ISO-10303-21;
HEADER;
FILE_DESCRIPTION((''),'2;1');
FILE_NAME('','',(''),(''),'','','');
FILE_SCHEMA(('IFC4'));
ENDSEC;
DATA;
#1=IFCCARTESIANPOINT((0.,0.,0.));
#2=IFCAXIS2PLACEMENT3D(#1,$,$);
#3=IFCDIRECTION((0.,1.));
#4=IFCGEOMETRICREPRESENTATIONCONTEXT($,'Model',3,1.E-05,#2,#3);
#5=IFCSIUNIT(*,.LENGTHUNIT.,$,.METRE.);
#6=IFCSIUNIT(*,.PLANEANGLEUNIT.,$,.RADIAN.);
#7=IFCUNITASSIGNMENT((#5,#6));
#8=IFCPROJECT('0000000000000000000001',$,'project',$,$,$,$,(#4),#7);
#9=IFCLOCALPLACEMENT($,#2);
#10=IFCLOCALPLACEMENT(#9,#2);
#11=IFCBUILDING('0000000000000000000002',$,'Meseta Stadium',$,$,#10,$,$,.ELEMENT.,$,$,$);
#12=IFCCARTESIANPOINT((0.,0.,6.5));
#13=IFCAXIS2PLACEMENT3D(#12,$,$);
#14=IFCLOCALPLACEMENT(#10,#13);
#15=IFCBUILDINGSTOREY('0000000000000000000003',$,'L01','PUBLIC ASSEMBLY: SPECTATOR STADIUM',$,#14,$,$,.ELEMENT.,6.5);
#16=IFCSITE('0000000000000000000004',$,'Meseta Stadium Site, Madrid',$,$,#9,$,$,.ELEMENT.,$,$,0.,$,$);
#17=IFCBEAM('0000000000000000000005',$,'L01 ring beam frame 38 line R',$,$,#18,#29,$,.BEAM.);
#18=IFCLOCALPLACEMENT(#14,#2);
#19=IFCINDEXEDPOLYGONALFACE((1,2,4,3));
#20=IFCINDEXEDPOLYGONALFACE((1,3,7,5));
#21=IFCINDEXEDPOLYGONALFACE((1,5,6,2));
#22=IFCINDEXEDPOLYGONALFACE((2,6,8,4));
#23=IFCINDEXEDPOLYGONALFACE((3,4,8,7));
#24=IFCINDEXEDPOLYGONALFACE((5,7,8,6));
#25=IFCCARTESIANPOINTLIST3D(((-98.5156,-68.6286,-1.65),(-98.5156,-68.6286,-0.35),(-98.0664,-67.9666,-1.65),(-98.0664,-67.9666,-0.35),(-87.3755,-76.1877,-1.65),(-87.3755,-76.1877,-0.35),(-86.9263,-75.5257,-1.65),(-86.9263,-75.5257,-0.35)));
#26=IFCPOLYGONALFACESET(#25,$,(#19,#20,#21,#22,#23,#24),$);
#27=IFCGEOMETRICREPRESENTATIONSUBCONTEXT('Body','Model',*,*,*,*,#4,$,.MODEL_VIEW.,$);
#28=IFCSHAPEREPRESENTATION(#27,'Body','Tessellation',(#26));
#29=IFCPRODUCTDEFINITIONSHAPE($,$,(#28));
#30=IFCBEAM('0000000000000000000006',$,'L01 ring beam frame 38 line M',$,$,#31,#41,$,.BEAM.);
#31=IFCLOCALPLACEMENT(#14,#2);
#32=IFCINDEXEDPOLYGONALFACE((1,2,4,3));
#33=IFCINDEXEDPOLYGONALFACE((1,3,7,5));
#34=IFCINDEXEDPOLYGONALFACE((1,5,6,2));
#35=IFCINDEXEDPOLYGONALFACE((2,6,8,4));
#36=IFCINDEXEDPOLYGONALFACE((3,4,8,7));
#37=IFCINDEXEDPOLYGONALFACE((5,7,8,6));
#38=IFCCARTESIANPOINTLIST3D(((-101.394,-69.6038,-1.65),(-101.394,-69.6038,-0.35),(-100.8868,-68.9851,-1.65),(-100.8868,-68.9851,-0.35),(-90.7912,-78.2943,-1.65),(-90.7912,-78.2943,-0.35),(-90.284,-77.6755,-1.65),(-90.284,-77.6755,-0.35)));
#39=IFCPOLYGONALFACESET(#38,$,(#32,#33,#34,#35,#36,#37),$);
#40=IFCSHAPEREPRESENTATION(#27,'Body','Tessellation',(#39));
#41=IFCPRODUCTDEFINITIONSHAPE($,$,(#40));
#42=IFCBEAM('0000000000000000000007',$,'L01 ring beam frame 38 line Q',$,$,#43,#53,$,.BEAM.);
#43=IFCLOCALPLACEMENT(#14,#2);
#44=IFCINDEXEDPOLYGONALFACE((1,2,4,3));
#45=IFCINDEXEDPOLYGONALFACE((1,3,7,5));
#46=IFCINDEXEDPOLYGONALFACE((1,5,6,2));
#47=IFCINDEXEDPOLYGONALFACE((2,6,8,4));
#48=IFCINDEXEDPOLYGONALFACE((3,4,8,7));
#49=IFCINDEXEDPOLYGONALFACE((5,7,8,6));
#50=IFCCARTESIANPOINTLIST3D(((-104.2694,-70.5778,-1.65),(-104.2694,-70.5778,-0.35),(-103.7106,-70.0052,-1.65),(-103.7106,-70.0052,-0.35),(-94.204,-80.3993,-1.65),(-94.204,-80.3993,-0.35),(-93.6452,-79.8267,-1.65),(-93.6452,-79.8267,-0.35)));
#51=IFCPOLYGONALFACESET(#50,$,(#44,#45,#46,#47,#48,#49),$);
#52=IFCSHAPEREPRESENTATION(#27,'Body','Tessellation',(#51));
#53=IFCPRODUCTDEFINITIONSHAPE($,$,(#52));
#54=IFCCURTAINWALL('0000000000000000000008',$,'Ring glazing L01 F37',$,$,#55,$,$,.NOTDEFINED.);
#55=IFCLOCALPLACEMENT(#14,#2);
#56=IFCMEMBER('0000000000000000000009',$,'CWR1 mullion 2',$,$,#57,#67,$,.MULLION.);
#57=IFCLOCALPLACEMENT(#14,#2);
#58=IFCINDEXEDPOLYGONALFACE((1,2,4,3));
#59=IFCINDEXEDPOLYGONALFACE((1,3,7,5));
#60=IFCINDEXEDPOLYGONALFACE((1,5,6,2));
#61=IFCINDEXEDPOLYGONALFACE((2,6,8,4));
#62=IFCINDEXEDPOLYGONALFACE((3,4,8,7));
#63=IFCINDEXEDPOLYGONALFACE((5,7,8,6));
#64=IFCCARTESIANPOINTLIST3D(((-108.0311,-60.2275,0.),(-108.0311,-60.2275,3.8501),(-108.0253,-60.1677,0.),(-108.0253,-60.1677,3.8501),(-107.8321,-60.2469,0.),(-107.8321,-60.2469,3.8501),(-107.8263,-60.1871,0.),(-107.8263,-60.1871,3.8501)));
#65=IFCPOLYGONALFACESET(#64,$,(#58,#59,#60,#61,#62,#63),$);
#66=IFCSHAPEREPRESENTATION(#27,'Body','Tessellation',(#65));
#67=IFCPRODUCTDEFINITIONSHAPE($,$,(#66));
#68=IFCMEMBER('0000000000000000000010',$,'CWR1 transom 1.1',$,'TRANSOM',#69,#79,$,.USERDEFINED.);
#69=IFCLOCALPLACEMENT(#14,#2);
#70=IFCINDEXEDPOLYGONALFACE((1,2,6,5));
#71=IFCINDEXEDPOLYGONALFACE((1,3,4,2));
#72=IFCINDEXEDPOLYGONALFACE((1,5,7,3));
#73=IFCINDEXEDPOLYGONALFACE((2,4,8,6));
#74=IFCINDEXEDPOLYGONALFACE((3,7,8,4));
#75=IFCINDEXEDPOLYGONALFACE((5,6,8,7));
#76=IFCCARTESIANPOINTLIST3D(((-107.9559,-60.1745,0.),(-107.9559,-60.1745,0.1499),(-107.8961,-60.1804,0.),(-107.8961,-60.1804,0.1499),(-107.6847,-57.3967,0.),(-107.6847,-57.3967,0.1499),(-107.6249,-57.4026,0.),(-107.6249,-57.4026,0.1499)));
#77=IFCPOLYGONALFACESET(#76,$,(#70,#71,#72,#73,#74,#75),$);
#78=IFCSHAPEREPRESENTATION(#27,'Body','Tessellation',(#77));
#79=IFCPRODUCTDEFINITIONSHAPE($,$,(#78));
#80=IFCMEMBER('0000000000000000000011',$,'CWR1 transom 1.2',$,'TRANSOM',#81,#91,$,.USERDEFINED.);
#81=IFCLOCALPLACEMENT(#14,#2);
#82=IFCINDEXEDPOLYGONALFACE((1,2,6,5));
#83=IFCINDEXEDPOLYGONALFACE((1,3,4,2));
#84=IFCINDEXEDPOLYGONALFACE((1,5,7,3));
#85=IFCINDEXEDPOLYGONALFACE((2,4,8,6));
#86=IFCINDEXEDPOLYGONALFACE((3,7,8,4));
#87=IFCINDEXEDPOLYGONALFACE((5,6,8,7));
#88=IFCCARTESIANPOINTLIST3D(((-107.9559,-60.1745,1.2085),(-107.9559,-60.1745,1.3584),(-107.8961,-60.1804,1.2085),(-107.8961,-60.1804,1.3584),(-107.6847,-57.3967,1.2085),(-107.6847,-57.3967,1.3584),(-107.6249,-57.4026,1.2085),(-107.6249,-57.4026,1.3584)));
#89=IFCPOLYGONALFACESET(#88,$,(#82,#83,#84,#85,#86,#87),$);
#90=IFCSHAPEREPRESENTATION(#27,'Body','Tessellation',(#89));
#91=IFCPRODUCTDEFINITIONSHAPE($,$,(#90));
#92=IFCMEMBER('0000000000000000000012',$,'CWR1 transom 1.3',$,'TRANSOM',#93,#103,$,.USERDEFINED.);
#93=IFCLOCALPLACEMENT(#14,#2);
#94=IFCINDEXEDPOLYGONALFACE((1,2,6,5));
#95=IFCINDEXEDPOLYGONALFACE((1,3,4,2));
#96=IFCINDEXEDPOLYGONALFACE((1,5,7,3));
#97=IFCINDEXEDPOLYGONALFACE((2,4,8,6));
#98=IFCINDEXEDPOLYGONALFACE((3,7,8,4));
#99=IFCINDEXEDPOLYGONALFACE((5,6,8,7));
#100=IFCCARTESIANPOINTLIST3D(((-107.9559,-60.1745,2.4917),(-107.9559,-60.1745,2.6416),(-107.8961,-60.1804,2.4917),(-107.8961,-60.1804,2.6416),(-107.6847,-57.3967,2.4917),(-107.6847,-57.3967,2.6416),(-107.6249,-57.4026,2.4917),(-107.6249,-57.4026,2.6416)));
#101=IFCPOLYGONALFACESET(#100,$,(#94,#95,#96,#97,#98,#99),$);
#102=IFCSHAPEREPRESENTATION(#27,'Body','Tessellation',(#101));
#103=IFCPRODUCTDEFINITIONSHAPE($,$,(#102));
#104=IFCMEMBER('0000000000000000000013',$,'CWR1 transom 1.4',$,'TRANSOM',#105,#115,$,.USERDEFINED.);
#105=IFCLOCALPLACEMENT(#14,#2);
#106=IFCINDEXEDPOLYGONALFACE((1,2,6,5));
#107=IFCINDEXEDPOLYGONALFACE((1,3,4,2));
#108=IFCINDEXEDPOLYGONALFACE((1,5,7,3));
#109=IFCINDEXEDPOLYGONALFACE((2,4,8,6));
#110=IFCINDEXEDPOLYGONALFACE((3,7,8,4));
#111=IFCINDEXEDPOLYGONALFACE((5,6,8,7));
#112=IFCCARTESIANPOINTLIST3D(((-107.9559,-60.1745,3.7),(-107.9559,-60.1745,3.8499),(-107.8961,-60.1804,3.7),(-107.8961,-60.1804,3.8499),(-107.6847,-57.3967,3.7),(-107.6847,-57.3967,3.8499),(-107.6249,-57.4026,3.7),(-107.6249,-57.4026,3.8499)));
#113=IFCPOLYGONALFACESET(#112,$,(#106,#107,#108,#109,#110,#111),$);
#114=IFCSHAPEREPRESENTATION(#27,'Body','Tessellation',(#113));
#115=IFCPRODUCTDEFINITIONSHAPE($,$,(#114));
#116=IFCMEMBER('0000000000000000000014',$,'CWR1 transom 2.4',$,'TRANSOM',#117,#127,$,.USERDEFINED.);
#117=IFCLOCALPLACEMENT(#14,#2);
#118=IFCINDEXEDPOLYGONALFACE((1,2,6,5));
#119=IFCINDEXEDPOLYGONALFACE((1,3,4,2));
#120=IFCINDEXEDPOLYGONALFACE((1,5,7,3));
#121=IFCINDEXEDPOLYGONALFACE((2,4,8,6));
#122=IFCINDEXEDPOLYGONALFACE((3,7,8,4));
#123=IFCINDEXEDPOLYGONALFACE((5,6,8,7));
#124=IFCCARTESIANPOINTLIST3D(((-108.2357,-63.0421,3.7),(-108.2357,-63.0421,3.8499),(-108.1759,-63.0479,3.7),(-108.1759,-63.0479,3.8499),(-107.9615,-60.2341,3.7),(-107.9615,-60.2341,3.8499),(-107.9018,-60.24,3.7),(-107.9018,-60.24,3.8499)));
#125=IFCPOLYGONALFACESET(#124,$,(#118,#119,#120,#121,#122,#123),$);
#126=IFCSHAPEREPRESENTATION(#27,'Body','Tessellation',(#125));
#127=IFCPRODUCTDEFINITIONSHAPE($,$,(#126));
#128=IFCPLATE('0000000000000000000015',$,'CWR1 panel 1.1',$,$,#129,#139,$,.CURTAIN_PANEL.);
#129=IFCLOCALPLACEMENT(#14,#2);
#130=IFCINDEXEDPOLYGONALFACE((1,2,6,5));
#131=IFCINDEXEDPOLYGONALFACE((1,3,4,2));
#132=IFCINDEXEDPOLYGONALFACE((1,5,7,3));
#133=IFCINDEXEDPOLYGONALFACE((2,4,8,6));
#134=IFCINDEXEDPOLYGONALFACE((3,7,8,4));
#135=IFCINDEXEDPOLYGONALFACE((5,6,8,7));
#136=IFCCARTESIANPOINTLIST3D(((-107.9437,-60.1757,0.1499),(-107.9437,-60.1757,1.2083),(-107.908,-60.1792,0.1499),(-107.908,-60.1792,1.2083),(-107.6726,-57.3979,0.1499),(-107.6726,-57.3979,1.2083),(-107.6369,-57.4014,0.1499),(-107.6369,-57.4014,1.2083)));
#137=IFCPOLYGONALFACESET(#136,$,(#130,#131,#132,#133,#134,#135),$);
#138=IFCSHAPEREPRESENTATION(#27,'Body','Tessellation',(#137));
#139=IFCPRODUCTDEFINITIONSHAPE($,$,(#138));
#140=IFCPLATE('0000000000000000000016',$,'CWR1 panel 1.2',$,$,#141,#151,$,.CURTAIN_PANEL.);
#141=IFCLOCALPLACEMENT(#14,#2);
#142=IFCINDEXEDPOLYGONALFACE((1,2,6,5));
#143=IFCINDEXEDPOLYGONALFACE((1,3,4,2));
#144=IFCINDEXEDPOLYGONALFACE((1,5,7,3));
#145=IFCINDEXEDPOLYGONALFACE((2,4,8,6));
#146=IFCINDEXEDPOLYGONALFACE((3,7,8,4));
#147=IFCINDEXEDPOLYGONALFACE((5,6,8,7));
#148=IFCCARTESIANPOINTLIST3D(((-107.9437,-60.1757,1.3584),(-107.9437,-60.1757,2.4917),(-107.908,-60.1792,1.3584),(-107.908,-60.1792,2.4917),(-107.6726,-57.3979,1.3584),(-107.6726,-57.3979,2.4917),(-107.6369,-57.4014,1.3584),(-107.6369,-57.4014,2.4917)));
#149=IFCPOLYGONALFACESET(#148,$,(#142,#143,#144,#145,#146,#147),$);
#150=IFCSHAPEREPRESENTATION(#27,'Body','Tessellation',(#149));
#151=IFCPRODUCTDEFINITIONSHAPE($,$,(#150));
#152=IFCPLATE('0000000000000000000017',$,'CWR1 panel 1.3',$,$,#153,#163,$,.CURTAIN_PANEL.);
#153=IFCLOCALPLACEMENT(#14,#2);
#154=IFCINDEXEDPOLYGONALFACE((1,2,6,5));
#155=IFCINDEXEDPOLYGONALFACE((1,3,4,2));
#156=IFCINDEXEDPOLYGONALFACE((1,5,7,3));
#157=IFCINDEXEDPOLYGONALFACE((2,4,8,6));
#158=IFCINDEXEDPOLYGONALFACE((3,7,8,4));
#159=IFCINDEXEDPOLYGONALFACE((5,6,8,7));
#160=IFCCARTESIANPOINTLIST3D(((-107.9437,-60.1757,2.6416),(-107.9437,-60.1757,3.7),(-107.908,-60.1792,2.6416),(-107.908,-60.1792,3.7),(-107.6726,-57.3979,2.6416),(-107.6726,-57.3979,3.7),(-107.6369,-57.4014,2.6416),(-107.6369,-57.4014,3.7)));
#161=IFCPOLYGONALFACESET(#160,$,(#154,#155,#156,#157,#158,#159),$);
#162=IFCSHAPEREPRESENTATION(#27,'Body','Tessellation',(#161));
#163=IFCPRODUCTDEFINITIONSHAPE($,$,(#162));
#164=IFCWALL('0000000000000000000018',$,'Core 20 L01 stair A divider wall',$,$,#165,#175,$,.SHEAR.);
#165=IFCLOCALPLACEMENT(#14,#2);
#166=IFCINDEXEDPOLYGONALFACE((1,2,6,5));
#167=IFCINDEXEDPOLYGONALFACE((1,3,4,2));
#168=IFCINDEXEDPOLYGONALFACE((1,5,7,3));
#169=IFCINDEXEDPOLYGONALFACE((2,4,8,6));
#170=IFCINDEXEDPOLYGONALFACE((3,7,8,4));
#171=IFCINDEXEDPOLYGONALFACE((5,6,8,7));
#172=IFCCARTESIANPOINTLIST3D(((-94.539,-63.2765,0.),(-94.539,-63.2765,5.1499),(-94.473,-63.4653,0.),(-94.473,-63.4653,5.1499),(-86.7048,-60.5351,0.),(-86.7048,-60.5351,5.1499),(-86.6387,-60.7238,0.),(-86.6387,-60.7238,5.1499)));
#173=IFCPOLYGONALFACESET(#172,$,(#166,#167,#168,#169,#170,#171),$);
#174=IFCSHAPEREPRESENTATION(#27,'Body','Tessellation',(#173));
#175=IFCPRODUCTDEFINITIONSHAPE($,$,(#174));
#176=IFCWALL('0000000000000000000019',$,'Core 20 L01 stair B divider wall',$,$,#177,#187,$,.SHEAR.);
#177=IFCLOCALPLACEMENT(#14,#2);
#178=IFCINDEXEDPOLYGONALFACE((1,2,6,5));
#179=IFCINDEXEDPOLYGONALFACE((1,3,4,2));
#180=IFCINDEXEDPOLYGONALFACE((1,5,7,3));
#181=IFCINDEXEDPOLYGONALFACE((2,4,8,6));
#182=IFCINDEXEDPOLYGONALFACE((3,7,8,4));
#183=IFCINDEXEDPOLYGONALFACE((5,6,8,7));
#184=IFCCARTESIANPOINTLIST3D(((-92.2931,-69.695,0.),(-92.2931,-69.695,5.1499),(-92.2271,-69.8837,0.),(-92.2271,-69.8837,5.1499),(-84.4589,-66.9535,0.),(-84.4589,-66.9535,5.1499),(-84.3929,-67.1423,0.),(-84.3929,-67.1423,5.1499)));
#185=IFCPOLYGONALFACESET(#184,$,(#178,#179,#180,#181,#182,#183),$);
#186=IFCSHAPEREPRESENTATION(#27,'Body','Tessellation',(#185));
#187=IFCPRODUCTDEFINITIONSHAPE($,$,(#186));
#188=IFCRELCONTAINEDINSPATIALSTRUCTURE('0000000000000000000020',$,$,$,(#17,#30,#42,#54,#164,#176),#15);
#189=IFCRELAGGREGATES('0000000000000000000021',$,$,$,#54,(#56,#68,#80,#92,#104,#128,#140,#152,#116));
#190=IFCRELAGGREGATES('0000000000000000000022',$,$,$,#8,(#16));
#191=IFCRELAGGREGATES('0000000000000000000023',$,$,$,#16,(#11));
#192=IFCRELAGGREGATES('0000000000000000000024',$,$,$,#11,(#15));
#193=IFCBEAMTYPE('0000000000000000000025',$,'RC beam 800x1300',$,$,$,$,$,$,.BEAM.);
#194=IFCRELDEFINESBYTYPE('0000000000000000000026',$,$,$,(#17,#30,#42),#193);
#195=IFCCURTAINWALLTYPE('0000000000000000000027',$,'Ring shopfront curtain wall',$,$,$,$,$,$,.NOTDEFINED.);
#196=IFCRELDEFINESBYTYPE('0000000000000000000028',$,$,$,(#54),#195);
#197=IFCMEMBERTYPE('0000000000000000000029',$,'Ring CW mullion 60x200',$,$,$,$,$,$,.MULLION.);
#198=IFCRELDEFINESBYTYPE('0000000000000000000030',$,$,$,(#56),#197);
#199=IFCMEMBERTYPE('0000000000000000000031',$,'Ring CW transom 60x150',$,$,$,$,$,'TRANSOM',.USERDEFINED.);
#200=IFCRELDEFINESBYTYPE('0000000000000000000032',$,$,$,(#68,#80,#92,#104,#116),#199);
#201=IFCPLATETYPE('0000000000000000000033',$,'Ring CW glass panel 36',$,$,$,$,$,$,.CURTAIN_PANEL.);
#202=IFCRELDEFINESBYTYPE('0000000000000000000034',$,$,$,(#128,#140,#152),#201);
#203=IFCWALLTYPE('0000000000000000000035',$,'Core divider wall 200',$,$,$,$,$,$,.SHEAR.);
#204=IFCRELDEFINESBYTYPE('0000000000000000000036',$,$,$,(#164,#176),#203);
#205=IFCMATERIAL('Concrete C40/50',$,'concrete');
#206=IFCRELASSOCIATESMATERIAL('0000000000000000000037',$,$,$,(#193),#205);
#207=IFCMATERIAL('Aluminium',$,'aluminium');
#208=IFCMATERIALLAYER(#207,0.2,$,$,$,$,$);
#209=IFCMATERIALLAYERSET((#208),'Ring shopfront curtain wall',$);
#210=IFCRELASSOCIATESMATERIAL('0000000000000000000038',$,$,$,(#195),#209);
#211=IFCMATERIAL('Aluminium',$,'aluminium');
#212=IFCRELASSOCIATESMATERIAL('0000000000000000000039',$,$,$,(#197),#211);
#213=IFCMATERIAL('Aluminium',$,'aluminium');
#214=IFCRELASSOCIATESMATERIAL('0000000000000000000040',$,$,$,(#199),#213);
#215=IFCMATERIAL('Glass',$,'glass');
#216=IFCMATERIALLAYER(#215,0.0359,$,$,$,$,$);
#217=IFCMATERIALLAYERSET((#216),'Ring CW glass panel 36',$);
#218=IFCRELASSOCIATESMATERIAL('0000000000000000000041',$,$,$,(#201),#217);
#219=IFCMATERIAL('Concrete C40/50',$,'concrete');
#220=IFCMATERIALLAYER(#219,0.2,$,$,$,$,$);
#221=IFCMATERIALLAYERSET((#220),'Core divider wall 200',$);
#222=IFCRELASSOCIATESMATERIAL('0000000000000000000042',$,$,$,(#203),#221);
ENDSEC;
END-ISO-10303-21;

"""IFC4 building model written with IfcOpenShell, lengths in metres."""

from ifc_helpers import new_model, si_unit, direction, frame, frame_2d, origin, origin_2d, place, context, subcontext, project, spatial, rectangle, extrude, material, layer, layer_set, material_profile, profile_set, type_object, element, aggregate, save


model = new_model("IFC4")

# Units and contexts
model_context = context("Model", 3, precision=1e-05, world=origin(), true_north=direction((0.0, 1.0)))
body_context = subcontext(model_context, "Body", "Model", "MODEL_VIEW")
ifc_project = project(units=[si_unit("LENGTHUNIT", "METRE"), si_unit("PLANEANGLEUNIT", "RADIAN")], contexts=[model_context])

# Site, building, storey
site_placement = place(None, origin())
site = spatial("IfcSite", under=ifc_project, at=site_placement, Name="Meseta Stadium Site, Madrid", CompositionType="ELEMENT", RefElevation=0.0)
building_placement = place(site_placement, origin())
building = spatial("IfcBuilding", under=site, at=building_placement, Name="Meseta Stadium", CompositionType="ELEMENT")
storey_placement = place(building_placement, frame((0.0, 0.0, 6.5)))
storey = spatial("IfcBuildingStorey", under=building, at=storey_placement, Name="L01", Description="PUBLIC ASSEMBLY: SPECTATOR STADIUM", CompositionType="ELEMENT", Elevation=6.5)

# Beams
ifc_material_1 = material(Name="Concrete C40/50", Category="concrete")
ifc_material_profile_1 = material_profile(ifc_material_1, rectangle(XDim=0.8, YDim=1.3, at=origin_2d()), Name="RC 800x1300")
ifc_profile_set_1 = profile_set([ifc_material_profile_1], Name="Concrete C40/50")
beam_type_1 = type_object("IfcBeamType", Name="RC beam 800x1300", PredefinedType="BEAM", material=ifc_profile_set_1)
beam_1_placement = place(storey_placement, frame((-98.291, -68.2976, -1.0), z_axis=(0.827486, -0.561486, 0.0), x_axis=(0.561486, 0.827486, 0.0)))
element("IfcBeam", 1, at=beam_1_placement, inside=storey, type_object=beam_type_1, Name="L01 ring beam frame 38 line R", PredefinedType="BEAM", context=body_context, shape_type="SweptSolid", body=[
    extrude(rectangle(XDim=0.8, YDim=1.3, at=origin_2d()), origin(), (0.0, 0.0, 1.0), 13.4626),
])
beam_2_placement = place(storey_placement, frame((-101.1404, -69.2944, -1.0), z_axis=(0.773406, -0.633912, 0.0), x_axis=(0.633912, 0.773406, 0.0)))
element("IfcBeam", 2, at=beam_2_placement, inside=storey, type_object=beam_type_1, Name="L01 ring beam frame 38 line M", PredefinedType="BEAM", context=body_context, shape_type="SweptSolid", body=[
    extrude(rectangle(XDim=0.8, YDim=1.3, at=origin_2d()), origin(), (0.0, 0.0, 1.0), 13.7092),
])
beam_3_placement = place(storey_placement, frame((-103.99, -70.2915, -1.0), z_axis=(0.715725, -0.698382, 0.0), x_axis=(0.698382, 0.715725, 0.0)))
element("IfcBeam", 3, at=beam_3_placement, inside=storey, type_object=beam_type_1, Name="L01 ring beam frame 38 line Q", PredefinedType="BEAM", context=body_context, shape_type="SweptSolid", body=[
    extrude(rectangle(XDim=0.8, YDim=1.3, at=origin_2d()), origin(), (0.0, 0.0, 1.0), 14.0632),
])

# Curtain wall, members, plates
ifc_material_2 = material(Name="Aluminium", Category="aluminium")
ifc_layer_1 = layer(ifc_material_2, 0.2)
ifc_layer_set_1 = layer_set([ifc_layer_1], Name="Ring shopfront curtain wall")
curtain_wall_type = type_object("IfcCurtainWallType", Name="Ring shopfront curtain wall", PredefinedType="NOTDEFINED", material=ifc_layer_set_1)
curtain_wall_placement = place(storey_placement, origin())
curtain_wall = element("IfcCurtainWall", 4, at=curtain_wall_placement, inside=storey, type_object=curtain_wall_type, Name="Ring glazing L01 F37", PredefinedType="NOTDEFINED")
ifc_material_3 = material(Name="Aluminium", Category="aluminium")
ifc_material_profile_2 = material_profile(ifc_material_3, rectangle(XDim=0.2, YDim=0.0601, at=origin_2d()), Name="CW 200x60")
ifc_profile_set_2 = profile_set([ifc_material_profile_2], Name="Aluminium")
member_type_1 = type_object("IfcMemberType", Name="Ring CW mullion 60x200", PredefinedType="MULLION", material=ifc_profile_set_2)
member_1_placement = place(storey_placement, frame((-107.9287, -60.2073, 0.0), z_axis=(0.0, 0.0, 1.0), x_axis=(0.995272, -0.097125, 0.0)))
member_1 = element("IfcMember", 5, at=member_1_placement, type_object=member_type_1, Name="CWR1 mullion 2", PredefinedType="MULLION", context=body_context, shape_type="SweptSolid", body=[
    extrude(rectangle(XDim=0.2, YDim=0.0601, at=origin_2d()), origin(), (0.0, 0.0, 1.0), 3.8501),
])
ifc_material_4 = material(Name="Aluminium", Category="aluminium")
ifc_material_profile_3 = material_profile(ifc_material_4, rectangle(XDim=0.0601, YDim=0.1499, at=origin_2d()), Name="CW 60x150")
ifc_profile_set_3 = profile_set([ifc_material_profile_3], Name="Aluminium")
member_type_2 = type_object("IfcMemberType", Name="Ring CW transom 60x150", ElementType="TRANSOM", PredefinedType="USERDEFINED", material=ifc_profile_set_3)
member_2_placement = place(storey_placement, frame((-107.6548, -57.3997, 0.075), z_axis=(-0.097182, -0.995267, 0.0), x_axis=(0.995267, -0.097182, 0.0)))
member_2 = element("IfcMember", 6, at=member_2_placement, type_object=member_type_2, Name="CWR1 transom 1.1", ObjectType="TRANSOM", PredefinedType="USERDEFINED", context=body_context, shape_type="SweptSolid", body=[
    extrude(rectangle(XDim=0.0601, YDim=0.1499, at=origin_2d()), origin(), (0.0, 0.0, 1.0), 2.791),
])
member_3_placement = place(storey_placement, frame((-107.6548, -57.3997, 1.2834), z_axis=(-0.097182, -0.995267, 0.0), x_axis=(0.995267, -0.097182, 0.0)))
member_3 = element("IfcMember", 7, at=member_3_placement, type_object=member_type_2, Name="CWR1 transom 1.2", ObjectType="TRANSOM", PredefinedType="USERDEFINED", context=body_context, shape_type="SweptSolid", body=[
    extrude(rectangle(XDim=0.0601, YDim=0.1499, at=origin_2d()), origin(), (0.0, 0.0, 1.0), 2.791),
])
member_4_placement = place(storey_placement, frame((-107.6548, -57.3997, 2.5667), z_axis=(-0.097182, -0.995267, 0.0), x_axis=(0.995267, -0.097182, 0.0)))
member_4 = element("IfcMember", 8, at=member_4_placement, type_object=member_type_2, Name="CWR1 transom 1.3", ObjectType="TRANSOM", PredefinedType="USERDEFINED", context=body_context, shape_type="SweptSolid", body=[
    extrude(rectangle(XDim=0.0601, YDim=0.1499, at=origin_2d()), origin(), (0.0, 0.0, 1.0), 2.791),
])
member_5_placement = place(storey_placement, frame((-107.6548, -57.3997, 3.7749), z_axis=(-0.097182, -0.995267, 0.0), x_axis=(0.995267, -0.097182, 0.0)))
member_5 = element("IfcMember", 9, at=member_5_placement, type_object=member_type_2, Name="CWR1 transom 1.4", ObjectType="TRANSOM", PredefinedType="USERDEFINED", context=body_context, shape_type="SweptSolid", body=[
    extrude(rectangle(XDim=0.0601, YDim=0.1499, at=origin_2d()), origin(), (0.0, 0.0, 1.0), 2.791),
])
member_6_placement = place(storey_placement, frame((-107.9316, -60.2371, 3.7749), z_axis=(-0.097182, -0.995267, 0.0), x_axis=(0.995267, -0.097182, 0.0)))
member_6 = element("IfcMember", 10, at=member_6_placement, type_object=member_type_2, Name="CWR1 transom 2.4", ObjectType="TRANSOM", PredefinedType="USERDEFINED", context=body_context, shape_type="SweptSolid", body=[
    extrude(rectangle(XDim=0.0601, YDim=0.1499, at=origin_2d()), origin(), (0.0, 0.0, 1.0), 2.8213),
])
ifc_material_5 = material(Name="Glass", Category="glass")
ifc_layer_2 = layer(ifc_material_5, 0.0359)
ifc_layer_set_2 = layer_set([ifc_layer_2], Name="Ring CW glass panel 36")
plate_type = type_object("IfcPlateType", Name="Ring CW glass panel 36", PredefinedType="CURTAIN_PANEL", material=ifc_layer_set_2)
plate_1_placement = place(storey_placement, frame((-107.7903, -58.7886, 0.1499), z_axis=(0.0, 0.0, 1.0), x_axis=(-0.097125, -0.995272, 0.0)))
plate_1 = element("IfcPlate", 11, at=plate_1_placement, type_object=plate_type, Name="CWR1 panel 1.1", PredefinedType="CURTAIN_PANEL", context=body_context, shape_type="SweptSolid", body=[
    extrude(rectangle(XDim=2.791, YDim=0.0359, at=origin_2d()), origin(), (0.0, 0.0, 1.0), 1.0583),
])
plate_2_placement = place(storey_placement, frame((-107.7903, -58.7886, 1.3584), z_axis=(0.0, 0.0, 1.0), x_axis=(-0.097125, -0.995272, 0.0)))
plate_2 = element("IfcPlate", 12, at=plate_2_placement, type_object=plate_type, Name="CWR1 panel 1.2", PredefinedType="CURTAIN_PANEL", context=body_context, shape_type="SweptSolid", body=[
    extrude(rectangle(XDim=2.791, YDim=0.0359, at=origin_2d()), origin(), (0.0, 0.0, 1.0), 1.1333),
])
plate_3_placement = place(storey_placement, frame((-107.7903, -58.7886, 2.6416), z_axis=(0.0, 0.0, 1.0), x_axis=(-0.097125, -0.995272, 0.0)))
plate_3 = element("IfcPlate", 13, at=plate_3_placement, type_object=plate_type, Name="CWR1 panel 1.3", PredefinedType="CURTAIN_PANEL", context=body_context, shape_type="SweptSolid", body=[
    extrude(rectangle(XDim=2.791, YDim=0.0359, at=origin_2d()), origin(), (0.0, 0.0, 1.0), 1.0583),
])
aggregate(curtain_wall, [member_1, member_2, member_3, member_4, member_5, plate_1, plate_2, plate_3, member_6])

# Walls
ifc_material_6 = material(Name="Concrete C40/50", Category="concrete")
ifc_layer_3 = layer(ifc_material_6, 0.2)
ifc_layer_set_3 = layer_set([ifc_layer_3], Name="Core divider wall 200")
wall_type_1 = type_object("IfcWallType", Name="Core divider wall 200", PredefinedType="SHEAR", material=ifc_layer_set_3)
for number, where, z_axis, x_axis, name in (
    (14, (-94.5059, -63.3708, 0.0), (0.0, 0.0, 1.0), (0.943878, 0.330294, 0.0), "Core 20 L01 stair A divider wall"),
    (15, (-92.26, -69.7893, 0.0), (0.0, 0.0, 1.0), (0.943878, 0.330294, 0.0), "Core 20 L01 stair B divider wall"),
):
    element("IfcWall", number, at=place(storey_placement, frame(where, z_axis=z_axis, x_axis=x_axis)), inside=storey, type_object=wall_type_1, Name=name, PredefinedType="SHEAR", context=body_context, shape_type="SweptSolid", body=[
        extrude(rectangle(XDim=8.3, YDim=0.2, at=frame_2d((4.1499, 0.0))), origin(), (0.0, 0.0, 1.0), 5.1499),
    ])

save(model, "model.ifc")
